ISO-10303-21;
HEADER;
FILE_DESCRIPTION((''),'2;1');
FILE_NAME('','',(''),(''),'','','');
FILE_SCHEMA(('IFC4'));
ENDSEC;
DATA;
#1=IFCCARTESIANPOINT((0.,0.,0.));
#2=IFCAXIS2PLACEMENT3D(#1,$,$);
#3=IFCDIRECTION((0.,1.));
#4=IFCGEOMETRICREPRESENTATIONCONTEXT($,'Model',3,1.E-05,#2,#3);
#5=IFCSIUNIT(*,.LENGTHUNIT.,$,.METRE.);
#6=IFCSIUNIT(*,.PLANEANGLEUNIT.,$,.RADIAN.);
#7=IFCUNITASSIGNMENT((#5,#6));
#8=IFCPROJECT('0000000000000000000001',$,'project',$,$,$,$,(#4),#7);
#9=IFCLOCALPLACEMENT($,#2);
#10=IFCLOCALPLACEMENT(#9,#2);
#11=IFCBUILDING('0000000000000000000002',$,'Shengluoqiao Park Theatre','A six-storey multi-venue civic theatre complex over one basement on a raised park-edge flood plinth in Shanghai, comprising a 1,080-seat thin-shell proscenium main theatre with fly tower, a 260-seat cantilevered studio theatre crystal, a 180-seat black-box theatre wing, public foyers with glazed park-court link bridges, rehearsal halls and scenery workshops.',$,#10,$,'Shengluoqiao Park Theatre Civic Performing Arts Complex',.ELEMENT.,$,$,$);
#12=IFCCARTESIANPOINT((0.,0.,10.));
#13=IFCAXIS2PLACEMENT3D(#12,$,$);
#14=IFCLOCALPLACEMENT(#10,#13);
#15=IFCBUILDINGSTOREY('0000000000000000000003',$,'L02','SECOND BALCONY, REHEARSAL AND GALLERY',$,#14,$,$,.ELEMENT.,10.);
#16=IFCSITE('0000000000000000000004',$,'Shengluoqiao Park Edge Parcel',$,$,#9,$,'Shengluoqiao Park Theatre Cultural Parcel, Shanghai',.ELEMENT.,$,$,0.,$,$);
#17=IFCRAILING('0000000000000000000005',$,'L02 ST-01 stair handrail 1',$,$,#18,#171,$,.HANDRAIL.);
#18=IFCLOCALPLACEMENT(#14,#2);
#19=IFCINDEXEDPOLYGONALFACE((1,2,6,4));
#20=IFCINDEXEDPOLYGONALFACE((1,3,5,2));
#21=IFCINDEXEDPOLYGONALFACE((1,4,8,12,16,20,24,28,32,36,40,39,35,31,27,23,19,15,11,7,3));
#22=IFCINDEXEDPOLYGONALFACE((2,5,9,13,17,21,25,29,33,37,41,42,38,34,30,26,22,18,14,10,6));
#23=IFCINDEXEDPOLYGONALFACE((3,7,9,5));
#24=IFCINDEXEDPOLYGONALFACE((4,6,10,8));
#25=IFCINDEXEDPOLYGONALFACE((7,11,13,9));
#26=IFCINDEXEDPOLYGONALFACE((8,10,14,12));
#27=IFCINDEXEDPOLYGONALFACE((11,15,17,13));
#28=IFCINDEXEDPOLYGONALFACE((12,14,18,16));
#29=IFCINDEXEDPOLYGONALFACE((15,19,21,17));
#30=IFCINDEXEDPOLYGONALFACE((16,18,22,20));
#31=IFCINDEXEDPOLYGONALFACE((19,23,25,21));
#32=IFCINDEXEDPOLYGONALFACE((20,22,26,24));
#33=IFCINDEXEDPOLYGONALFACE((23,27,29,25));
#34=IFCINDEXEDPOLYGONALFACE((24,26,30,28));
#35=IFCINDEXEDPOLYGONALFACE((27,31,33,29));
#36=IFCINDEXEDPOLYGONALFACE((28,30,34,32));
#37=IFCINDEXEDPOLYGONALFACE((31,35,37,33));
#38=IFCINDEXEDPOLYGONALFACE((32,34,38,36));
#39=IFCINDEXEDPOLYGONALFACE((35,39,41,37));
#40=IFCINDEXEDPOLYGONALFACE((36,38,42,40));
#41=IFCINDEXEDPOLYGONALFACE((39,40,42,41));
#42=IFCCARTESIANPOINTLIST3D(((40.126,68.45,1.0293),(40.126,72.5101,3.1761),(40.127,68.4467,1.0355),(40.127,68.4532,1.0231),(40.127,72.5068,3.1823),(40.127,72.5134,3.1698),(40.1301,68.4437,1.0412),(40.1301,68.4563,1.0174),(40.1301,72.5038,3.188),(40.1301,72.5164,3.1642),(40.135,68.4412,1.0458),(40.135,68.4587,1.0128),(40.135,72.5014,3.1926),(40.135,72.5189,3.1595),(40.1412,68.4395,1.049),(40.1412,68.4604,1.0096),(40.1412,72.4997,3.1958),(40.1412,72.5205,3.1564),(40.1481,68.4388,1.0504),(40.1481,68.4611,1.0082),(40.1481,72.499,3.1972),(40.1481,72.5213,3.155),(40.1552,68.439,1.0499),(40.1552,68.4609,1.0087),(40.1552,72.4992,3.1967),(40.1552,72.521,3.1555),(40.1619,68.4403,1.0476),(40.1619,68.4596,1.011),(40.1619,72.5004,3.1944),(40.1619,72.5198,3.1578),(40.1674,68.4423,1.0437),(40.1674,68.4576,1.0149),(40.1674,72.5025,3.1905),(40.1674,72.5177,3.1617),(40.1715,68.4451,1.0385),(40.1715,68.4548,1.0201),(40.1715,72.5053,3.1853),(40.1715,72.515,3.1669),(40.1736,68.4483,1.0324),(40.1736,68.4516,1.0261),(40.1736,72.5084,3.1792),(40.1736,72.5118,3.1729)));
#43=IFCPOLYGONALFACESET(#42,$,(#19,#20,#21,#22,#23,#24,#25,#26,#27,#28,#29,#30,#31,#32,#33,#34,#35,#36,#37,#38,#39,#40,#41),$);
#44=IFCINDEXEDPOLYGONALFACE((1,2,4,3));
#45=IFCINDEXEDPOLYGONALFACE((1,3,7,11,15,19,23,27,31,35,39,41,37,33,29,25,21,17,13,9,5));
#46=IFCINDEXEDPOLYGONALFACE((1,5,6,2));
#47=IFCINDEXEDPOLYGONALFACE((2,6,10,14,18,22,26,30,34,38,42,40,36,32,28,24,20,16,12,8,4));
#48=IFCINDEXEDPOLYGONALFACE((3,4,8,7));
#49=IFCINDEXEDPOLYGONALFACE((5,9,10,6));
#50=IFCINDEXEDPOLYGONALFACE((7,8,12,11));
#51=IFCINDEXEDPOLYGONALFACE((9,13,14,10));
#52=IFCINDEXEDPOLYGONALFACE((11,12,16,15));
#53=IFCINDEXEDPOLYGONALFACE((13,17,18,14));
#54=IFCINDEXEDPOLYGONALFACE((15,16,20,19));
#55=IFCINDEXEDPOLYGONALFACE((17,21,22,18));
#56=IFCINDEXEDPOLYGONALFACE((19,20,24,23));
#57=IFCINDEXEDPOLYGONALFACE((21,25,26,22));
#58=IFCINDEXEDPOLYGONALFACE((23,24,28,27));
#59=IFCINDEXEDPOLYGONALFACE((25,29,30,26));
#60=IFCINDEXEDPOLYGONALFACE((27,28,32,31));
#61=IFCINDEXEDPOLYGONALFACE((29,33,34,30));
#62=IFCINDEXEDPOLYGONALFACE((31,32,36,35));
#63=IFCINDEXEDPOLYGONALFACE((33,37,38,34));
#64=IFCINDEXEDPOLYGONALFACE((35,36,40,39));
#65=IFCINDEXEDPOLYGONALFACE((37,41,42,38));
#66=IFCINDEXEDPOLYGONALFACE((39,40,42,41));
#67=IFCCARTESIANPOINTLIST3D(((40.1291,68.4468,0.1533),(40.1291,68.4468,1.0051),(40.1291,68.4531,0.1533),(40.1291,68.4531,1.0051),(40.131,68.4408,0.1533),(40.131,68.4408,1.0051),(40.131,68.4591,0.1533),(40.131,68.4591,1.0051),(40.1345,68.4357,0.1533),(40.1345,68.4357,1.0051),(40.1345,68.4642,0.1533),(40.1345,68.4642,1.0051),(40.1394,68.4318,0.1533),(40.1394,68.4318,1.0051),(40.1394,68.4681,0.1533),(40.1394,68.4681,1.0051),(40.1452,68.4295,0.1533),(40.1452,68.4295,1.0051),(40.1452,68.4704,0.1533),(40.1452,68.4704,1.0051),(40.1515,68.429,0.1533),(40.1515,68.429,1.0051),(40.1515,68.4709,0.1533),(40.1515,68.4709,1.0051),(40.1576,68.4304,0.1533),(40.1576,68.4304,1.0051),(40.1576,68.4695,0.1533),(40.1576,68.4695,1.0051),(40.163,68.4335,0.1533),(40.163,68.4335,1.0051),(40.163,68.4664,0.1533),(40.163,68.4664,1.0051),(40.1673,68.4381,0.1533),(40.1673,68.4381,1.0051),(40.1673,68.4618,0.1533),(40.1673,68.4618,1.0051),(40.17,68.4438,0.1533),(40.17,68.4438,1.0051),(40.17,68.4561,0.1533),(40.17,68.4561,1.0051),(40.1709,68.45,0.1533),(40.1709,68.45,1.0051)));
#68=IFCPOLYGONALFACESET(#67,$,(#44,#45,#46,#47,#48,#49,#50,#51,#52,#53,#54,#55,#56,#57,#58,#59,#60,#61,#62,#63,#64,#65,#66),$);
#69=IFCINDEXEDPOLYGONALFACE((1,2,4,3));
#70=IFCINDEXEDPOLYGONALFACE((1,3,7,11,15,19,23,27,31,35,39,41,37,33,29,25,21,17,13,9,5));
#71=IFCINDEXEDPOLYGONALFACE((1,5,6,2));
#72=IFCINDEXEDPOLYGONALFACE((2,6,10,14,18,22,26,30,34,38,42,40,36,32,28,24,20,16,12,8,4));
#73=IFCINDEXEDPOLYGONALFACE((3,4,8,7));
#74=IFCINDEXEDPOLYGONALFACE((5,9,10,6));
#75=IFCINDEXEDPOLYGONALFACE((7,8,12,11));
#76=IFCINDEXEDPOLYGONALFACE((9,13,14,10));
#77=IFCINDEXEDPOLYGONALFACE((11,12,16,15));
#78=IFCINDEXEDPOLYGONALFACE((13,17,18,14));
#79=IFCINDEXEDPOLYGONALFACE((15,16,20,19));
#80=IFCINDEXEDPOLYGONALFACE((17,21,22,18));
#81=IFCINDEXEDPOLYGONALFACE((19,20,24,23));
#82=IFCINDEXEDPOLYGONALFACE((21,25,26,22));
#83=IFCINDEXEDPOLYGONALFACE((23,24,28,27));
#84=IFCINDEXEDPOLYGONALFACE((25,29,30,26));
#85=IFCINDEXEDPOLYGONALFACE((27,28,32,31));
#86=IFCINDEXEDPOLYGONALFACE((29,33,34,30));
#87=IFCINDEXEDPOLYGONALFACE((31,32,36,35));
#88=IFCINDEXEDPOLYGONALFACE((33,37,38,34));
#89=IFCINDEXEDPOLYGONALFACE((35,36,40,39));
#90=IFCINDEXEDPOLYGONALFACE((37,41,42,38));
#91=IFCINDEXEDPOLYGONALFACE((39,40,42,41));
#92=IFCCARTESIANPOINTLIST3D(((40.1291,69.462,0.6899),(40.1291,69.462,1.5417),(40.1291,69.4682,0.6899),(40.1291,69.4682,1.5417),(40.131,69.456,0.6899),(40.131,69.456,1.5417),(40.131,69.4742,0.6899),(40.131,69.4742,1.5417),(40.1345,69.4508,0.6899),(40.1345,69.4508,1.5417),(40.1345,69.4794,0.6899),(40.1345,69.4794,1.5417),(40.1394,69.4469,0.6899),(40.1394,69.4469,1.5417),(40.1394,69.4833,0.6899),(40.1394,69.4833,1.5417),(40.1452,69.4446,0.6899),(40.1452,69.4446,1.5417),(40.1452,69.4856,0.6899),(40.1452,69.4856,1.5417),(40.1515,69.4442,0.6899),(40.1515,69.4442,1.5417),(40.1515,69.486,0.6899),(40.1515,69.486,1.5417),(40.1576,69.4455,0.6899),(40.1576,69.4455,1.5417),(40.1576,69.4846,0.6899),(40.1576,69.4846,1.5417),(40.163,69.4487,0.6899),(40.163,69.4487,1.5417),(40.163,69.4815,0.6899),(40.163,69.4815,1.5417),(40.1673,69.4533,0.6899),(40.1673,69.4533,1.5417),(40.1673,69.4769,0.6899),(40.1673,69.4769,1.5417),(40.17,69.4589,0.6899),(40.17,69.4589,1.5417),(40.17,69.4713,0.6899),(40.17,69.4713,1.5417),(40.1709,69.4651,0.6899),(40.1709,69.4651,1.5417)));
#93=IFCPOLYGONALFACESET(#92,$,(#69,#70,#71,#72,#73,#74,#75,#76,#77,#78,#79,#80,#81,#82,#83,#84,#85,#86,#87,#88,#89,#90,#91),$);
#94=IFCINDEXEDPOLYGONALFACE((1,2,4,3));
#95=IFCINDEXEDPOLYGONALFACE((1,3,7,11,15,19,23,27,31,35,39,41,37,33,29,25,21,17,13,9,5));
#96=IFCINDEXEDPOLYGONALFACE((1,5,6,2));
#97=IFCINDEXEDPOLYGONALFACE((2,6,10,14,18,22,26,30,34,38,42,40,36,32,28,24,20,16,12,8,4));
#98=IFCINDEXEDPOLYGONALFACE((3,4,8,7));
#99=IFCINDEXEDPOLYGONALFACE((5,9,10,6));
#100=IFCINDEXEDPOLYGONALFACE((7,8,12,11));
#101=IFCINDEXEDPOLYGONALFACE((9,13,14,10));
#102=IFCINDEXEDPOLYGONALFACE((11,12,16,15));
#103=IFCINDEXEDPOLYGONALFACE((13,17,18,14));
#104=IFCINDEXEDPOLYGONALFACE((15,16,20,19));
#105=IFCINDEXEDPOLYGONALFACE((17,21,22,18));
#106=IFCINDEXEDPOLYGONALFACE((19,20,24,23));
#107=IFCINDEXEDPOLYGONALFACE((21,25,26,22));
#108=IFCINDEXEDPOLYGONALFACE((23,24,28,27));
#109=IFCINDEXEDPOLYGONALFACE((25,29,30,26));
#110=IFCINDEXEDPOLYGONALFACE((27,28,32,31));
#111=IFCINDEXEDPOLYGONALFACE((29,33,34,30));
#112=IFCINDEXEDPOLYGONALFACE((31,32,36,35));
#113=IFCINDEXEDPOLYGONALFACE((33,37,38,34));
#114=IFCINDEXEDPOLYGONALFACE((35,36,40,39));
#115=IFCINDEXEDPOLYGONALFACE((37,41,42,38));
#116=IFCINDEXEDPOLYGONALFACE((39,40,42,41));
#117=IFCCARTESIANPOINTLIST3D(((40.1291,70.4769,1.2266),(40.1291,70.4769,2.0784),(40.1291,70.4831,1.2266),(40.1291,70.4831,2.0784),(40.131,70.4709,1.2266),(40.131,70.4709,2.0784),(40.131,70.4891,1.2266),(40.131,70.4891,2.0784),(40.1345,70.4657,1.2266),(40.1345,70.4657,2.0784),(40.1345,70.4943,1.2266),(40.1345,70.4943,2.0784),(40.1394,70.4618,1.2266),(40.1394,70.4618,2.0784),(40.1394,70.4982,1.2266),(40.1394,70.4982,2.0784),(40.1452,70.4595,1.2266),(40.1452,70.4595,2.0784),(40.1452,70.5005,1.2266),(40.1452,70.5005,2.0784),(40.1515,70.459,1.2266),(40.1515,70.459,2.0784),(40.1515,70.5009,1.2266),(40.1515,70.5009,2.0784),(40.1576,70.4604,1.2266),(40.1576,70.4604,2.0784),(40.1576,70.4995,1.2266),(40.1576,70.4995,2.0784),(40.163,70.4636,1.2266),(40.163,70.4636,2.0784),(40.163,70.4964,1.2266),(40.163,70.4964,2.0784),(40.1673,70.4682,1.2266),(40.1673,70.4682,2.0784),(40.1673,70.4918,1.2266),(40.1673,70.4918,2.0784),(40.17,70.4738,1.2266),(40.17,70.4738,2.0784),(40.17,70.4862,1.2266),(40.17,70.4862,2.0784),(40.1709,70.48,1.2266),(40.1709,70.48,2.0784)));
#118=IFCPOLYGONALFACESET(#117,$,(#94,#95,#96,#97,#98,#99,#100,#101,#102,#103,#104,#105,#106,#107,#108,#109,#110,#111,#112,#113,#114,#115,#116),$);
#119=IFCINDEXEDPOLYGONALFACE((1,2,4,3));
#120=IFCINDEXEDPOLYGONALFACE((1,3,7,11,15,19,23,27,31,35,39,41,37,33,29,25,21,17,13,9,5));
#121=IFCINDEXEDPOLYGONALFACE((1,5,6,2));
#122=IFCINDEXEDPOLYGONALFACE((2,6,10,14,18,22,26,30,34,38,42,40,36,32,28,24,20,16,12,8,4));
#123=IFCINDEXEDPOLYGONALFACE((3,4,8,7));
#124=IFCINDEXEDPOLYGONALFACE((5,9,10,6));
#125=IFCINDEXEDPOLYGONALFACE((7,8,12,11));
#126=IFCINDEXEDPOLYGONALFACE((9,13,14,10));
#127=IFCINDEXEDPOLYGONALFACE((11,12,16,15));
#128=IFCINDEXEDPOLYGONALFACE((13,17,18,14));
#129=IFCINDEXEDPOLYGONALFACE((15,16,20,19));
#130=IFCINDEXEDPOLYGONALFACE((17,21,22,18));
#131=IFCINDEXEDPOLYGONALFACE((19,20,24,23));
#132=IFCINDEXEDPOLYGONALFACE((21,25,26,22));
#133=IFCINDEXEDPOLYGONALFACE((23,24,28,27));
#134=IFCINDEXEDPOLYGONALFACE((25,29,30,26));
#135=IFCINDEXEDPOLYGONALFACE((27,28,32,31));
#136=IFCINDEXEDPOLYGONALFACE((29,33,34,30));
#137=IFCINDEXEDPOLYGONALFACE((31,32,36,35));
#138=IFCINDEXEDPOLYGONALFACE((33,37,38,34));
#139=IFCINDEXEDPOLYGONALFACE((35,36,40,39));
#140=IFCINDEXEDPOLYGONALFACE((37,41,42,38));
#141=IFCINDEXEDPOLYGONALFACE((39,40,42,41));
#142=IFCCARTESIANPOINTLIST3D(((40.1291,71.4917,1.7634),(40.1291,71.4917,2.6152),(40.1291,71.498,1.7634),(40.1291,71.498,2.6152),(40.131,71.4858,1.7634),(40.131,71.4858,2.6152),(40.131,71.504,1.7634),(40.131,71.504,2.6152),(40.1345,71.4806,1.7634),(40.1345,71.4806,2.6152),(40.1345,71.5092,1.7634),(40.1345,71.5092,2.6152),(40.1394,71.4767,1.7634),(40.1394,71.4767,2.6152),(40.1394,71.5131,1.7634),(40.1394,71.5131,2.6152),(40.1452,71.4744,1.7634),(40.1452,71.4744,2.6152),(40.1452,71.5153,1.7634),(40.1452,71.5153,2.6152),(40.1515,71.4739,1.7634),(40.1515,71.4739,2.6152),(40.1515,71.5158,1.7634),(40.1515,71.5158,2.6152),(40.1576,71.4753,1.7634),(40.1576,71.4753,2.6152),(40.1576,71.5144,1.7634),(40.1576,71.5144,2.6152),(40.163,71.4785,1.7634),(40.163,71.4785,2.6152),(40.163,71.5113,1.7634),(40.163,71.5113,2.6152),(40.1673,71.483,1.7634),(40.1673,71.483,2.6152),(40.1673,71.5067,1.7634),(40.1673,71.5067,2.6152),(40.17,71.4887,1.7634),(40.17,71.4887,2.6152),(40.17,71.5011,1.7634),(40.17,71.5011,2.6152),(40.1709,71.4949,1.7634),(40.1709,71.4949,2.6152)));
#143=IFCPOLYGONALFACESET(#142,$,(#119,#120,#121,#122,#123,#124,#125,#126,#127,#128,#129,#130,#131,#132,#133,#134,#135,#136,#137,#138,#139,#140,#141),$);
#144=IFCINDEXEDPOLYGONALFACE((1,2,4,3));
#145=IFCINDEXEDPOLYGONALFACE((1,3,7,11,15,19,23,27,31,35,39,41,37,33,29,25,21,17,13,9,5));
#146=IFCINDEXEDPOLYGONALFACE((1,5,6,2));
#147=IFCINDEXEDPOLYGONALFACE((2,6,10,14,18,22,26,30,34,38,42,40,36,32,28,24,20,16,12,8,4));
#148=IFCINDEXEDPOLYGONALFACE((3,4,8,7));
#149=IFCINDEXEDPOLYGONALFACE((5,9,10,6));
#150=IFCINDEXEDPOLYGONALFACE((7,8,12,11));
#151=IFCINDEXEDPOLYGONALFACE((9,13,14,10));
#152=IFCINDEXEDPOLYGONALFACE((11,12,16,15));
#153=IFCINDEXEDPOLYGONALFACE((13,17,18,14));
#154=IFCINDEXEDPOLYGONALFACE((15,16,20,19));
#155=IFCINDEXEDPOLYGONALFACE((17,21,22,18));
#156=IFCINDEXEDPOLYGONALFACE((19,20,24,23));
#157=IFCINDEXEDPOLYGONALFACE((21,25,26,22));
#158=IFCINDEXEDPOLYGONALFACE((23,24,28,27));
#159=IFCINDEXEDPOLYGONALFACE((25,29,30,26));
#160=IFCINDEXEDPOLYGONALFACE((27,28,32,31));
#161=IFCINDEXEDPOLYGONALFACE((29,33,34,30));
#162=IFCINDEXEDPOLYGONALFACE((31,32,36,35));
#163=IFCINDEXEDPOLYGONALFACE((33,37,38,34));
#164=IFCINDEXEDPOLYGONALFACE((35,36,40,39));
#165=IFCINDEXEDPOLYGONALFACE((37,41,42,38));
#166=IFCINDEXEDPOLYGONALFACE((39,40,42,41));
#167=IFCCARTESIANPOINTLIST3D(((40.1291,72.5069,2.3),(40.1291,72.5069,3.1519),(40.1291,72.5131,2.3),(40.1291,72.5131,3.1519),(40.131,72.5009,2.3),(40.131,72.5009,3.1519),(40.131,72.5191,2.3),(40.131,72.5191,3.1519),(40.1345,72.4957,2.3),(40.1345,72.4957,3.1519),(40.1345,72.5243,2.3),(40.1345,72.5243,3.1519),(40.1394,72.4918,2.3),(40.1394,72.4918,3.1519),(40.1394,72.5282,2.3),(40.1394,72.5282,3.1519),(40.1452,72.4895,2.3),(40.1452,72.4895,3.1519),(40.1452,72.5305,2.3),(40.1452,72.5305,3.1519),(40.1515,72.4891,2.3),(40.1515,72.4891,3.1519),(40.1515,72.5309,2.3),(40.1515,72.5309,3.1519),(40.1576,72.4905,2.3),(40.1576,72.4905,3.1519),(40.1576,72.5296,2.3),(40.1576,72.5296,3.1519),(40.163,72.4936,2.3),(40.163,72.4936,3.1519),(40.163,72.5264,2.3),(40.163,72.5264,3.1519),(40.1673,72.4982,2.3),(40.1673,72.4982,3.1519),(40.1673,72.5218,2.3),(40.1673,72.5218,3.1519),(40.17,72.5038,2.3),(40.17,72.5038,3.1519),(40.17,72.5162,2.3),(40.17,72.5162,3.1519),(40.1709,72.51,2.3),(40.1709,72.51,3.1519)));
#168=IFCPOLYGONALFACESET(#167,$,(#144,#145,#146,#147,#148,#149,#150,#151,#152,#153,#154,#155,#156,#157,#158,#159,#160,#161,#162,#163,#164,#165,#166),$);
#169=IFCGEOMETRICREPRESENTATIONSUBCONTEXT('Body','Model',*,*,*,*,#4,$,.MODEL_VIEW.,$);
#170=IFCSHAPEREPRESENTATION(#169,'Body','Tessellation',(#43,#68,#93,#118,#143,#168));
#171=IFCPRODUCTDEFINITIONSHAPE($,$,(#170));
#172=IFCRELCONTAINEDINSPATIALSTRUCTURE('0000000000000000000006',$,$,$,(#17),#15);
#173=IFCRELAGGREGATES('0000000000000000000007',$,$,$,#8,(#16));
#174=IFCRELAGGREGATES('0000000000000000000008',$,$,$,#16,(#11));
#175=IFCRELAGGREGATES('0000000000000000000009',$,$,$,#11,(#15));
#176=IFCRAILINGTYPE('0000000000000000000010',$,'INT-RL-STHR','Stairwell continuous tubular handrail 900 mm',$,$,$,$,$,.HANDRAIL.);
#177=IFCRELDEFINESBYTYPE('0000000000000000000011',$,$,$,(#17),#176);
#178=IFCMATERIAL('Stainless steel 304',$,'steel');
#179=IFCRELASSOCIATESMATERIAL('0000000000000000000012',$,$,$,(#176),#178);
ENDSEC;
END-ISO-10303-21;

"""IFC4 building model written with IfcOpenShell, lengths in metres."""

from ifc_helpers import new_model, si_unit, direction, frame, origin, origin_2d, place, context, subcontext, project, spatial, circle, extrude, material, type_object, element, save


model = new_model("IFC4")

# Units and contexts
model_context = context("Model", 3, precision=1e-05, world=origin(), true_north=direction((0.0, 1.0)))
body_context = subcontext(model_context, "Body", "Model", "MODEL_VIEW")
ifc_project = project(units=[si_unit("LENGTHUNIT", "METRE"), si_unit("PLANEANGLEUNIT", "RADIAN")], contexts=[model_context])

# Site, building, storey
site_placement = place(None, origin())
site = spatial("IfcSite", under=ifc_project, at=site_placement, Name="Shengluoqiao Park Edge Parcel", LongName="Shengluoqiao Park Theatre Cultural Parcel, Shanghai", CompositionType="ELEMENT", RefElevation=0.0)
building_placement = place(site_placement, origin())
building = spatial("IfcBuilding", under=site, at=building_placement, Name="Shengluoqiao Park Theatre", Description="A six-storey multi-venue civic theatre complex over one basement on a raised park-edge flood plinth in Shanghai, comprising a 1,080-seat thin-shell proscenium main theatre with fly tower, a 260-seat cantilevered studio theatre crystal, a 180-seat black-box theatre wing, public foyers with glazed park-court link bridges, rehearsal halls and scenery workshops.", LongName="Shengluoqiao Park Theatre Civic Performing Arts Complex", CompositionType="ELEMENT")
storey_placement = place(building_placement, frame((0.0, 0.0, 10.0)))
storey = spatial("IfcBuildingStorey", under=building, at=storey_placement, Name="L02", Description="SECOND BALCONY, REHEARSAL AND GALLERY", CompositionType="ELEMENT", Elevation=10.0)

# Railing
ifc_material_1 = material(Name="Stainless steel 304", Category="steel")
railing_type_1 = type_object("IfcRailingType", Name="INT-RL-STHR", Description="Stairwell continuous tubular handrail 900 mm", PredefinedType="HANDRAIL", material=ifc_material_1)
railing_1_placement = place(storey_placement, frame((40.1499, 68.45, 0.1533)))
element("IfcRailing", 1, at=railing_1_placement, inside=storey, type_object=railing_type_1, Name="L02 ST-01 stair handrail 1", PredefinedType="HANDRAIL", context=body_context, shape_type="SweptSolid", body=[
    extrude(circle(Radius=0.0239, at=origin_2d()), frame((0.0, 0.0, 0.876), z_axis=(0.0, 0.884032, 0.467426), x_axis=(-1.0, 0.0, 0.0)), (0.0, 0.0, 1.0), 4.5928),
    extrude(circle(Radius=0.021, at=origin_2d()), origin(), (0.0, 0.0, 1.0), 0.8518),
    extrude(circle(Radius=0.021, at=origin_2d()), frame((0.0, 1.0151, 0.5366)), (0.0, 0.0, 1.0), 0.8518),
    extrude(circle(Radius=0.021, at=origin_2d()), frame((0.0, 2.03, 1.0732)), (0.0, 0.0, 1.0), 0.8518),
    extrude(circle(Radius=0.021, at=origin_2d()), frame((0.0, 3.0449, 1.6101)), (0.0, 0.0, 1.0), 0.8518),
    extrude(circle(Radius=0.021, at=origin_2d()), frame((0.0, 4.0601, 2.1467)), (0.0, 0.0, 1.0), 0.8518),
])

save(model, "model.ifc")
